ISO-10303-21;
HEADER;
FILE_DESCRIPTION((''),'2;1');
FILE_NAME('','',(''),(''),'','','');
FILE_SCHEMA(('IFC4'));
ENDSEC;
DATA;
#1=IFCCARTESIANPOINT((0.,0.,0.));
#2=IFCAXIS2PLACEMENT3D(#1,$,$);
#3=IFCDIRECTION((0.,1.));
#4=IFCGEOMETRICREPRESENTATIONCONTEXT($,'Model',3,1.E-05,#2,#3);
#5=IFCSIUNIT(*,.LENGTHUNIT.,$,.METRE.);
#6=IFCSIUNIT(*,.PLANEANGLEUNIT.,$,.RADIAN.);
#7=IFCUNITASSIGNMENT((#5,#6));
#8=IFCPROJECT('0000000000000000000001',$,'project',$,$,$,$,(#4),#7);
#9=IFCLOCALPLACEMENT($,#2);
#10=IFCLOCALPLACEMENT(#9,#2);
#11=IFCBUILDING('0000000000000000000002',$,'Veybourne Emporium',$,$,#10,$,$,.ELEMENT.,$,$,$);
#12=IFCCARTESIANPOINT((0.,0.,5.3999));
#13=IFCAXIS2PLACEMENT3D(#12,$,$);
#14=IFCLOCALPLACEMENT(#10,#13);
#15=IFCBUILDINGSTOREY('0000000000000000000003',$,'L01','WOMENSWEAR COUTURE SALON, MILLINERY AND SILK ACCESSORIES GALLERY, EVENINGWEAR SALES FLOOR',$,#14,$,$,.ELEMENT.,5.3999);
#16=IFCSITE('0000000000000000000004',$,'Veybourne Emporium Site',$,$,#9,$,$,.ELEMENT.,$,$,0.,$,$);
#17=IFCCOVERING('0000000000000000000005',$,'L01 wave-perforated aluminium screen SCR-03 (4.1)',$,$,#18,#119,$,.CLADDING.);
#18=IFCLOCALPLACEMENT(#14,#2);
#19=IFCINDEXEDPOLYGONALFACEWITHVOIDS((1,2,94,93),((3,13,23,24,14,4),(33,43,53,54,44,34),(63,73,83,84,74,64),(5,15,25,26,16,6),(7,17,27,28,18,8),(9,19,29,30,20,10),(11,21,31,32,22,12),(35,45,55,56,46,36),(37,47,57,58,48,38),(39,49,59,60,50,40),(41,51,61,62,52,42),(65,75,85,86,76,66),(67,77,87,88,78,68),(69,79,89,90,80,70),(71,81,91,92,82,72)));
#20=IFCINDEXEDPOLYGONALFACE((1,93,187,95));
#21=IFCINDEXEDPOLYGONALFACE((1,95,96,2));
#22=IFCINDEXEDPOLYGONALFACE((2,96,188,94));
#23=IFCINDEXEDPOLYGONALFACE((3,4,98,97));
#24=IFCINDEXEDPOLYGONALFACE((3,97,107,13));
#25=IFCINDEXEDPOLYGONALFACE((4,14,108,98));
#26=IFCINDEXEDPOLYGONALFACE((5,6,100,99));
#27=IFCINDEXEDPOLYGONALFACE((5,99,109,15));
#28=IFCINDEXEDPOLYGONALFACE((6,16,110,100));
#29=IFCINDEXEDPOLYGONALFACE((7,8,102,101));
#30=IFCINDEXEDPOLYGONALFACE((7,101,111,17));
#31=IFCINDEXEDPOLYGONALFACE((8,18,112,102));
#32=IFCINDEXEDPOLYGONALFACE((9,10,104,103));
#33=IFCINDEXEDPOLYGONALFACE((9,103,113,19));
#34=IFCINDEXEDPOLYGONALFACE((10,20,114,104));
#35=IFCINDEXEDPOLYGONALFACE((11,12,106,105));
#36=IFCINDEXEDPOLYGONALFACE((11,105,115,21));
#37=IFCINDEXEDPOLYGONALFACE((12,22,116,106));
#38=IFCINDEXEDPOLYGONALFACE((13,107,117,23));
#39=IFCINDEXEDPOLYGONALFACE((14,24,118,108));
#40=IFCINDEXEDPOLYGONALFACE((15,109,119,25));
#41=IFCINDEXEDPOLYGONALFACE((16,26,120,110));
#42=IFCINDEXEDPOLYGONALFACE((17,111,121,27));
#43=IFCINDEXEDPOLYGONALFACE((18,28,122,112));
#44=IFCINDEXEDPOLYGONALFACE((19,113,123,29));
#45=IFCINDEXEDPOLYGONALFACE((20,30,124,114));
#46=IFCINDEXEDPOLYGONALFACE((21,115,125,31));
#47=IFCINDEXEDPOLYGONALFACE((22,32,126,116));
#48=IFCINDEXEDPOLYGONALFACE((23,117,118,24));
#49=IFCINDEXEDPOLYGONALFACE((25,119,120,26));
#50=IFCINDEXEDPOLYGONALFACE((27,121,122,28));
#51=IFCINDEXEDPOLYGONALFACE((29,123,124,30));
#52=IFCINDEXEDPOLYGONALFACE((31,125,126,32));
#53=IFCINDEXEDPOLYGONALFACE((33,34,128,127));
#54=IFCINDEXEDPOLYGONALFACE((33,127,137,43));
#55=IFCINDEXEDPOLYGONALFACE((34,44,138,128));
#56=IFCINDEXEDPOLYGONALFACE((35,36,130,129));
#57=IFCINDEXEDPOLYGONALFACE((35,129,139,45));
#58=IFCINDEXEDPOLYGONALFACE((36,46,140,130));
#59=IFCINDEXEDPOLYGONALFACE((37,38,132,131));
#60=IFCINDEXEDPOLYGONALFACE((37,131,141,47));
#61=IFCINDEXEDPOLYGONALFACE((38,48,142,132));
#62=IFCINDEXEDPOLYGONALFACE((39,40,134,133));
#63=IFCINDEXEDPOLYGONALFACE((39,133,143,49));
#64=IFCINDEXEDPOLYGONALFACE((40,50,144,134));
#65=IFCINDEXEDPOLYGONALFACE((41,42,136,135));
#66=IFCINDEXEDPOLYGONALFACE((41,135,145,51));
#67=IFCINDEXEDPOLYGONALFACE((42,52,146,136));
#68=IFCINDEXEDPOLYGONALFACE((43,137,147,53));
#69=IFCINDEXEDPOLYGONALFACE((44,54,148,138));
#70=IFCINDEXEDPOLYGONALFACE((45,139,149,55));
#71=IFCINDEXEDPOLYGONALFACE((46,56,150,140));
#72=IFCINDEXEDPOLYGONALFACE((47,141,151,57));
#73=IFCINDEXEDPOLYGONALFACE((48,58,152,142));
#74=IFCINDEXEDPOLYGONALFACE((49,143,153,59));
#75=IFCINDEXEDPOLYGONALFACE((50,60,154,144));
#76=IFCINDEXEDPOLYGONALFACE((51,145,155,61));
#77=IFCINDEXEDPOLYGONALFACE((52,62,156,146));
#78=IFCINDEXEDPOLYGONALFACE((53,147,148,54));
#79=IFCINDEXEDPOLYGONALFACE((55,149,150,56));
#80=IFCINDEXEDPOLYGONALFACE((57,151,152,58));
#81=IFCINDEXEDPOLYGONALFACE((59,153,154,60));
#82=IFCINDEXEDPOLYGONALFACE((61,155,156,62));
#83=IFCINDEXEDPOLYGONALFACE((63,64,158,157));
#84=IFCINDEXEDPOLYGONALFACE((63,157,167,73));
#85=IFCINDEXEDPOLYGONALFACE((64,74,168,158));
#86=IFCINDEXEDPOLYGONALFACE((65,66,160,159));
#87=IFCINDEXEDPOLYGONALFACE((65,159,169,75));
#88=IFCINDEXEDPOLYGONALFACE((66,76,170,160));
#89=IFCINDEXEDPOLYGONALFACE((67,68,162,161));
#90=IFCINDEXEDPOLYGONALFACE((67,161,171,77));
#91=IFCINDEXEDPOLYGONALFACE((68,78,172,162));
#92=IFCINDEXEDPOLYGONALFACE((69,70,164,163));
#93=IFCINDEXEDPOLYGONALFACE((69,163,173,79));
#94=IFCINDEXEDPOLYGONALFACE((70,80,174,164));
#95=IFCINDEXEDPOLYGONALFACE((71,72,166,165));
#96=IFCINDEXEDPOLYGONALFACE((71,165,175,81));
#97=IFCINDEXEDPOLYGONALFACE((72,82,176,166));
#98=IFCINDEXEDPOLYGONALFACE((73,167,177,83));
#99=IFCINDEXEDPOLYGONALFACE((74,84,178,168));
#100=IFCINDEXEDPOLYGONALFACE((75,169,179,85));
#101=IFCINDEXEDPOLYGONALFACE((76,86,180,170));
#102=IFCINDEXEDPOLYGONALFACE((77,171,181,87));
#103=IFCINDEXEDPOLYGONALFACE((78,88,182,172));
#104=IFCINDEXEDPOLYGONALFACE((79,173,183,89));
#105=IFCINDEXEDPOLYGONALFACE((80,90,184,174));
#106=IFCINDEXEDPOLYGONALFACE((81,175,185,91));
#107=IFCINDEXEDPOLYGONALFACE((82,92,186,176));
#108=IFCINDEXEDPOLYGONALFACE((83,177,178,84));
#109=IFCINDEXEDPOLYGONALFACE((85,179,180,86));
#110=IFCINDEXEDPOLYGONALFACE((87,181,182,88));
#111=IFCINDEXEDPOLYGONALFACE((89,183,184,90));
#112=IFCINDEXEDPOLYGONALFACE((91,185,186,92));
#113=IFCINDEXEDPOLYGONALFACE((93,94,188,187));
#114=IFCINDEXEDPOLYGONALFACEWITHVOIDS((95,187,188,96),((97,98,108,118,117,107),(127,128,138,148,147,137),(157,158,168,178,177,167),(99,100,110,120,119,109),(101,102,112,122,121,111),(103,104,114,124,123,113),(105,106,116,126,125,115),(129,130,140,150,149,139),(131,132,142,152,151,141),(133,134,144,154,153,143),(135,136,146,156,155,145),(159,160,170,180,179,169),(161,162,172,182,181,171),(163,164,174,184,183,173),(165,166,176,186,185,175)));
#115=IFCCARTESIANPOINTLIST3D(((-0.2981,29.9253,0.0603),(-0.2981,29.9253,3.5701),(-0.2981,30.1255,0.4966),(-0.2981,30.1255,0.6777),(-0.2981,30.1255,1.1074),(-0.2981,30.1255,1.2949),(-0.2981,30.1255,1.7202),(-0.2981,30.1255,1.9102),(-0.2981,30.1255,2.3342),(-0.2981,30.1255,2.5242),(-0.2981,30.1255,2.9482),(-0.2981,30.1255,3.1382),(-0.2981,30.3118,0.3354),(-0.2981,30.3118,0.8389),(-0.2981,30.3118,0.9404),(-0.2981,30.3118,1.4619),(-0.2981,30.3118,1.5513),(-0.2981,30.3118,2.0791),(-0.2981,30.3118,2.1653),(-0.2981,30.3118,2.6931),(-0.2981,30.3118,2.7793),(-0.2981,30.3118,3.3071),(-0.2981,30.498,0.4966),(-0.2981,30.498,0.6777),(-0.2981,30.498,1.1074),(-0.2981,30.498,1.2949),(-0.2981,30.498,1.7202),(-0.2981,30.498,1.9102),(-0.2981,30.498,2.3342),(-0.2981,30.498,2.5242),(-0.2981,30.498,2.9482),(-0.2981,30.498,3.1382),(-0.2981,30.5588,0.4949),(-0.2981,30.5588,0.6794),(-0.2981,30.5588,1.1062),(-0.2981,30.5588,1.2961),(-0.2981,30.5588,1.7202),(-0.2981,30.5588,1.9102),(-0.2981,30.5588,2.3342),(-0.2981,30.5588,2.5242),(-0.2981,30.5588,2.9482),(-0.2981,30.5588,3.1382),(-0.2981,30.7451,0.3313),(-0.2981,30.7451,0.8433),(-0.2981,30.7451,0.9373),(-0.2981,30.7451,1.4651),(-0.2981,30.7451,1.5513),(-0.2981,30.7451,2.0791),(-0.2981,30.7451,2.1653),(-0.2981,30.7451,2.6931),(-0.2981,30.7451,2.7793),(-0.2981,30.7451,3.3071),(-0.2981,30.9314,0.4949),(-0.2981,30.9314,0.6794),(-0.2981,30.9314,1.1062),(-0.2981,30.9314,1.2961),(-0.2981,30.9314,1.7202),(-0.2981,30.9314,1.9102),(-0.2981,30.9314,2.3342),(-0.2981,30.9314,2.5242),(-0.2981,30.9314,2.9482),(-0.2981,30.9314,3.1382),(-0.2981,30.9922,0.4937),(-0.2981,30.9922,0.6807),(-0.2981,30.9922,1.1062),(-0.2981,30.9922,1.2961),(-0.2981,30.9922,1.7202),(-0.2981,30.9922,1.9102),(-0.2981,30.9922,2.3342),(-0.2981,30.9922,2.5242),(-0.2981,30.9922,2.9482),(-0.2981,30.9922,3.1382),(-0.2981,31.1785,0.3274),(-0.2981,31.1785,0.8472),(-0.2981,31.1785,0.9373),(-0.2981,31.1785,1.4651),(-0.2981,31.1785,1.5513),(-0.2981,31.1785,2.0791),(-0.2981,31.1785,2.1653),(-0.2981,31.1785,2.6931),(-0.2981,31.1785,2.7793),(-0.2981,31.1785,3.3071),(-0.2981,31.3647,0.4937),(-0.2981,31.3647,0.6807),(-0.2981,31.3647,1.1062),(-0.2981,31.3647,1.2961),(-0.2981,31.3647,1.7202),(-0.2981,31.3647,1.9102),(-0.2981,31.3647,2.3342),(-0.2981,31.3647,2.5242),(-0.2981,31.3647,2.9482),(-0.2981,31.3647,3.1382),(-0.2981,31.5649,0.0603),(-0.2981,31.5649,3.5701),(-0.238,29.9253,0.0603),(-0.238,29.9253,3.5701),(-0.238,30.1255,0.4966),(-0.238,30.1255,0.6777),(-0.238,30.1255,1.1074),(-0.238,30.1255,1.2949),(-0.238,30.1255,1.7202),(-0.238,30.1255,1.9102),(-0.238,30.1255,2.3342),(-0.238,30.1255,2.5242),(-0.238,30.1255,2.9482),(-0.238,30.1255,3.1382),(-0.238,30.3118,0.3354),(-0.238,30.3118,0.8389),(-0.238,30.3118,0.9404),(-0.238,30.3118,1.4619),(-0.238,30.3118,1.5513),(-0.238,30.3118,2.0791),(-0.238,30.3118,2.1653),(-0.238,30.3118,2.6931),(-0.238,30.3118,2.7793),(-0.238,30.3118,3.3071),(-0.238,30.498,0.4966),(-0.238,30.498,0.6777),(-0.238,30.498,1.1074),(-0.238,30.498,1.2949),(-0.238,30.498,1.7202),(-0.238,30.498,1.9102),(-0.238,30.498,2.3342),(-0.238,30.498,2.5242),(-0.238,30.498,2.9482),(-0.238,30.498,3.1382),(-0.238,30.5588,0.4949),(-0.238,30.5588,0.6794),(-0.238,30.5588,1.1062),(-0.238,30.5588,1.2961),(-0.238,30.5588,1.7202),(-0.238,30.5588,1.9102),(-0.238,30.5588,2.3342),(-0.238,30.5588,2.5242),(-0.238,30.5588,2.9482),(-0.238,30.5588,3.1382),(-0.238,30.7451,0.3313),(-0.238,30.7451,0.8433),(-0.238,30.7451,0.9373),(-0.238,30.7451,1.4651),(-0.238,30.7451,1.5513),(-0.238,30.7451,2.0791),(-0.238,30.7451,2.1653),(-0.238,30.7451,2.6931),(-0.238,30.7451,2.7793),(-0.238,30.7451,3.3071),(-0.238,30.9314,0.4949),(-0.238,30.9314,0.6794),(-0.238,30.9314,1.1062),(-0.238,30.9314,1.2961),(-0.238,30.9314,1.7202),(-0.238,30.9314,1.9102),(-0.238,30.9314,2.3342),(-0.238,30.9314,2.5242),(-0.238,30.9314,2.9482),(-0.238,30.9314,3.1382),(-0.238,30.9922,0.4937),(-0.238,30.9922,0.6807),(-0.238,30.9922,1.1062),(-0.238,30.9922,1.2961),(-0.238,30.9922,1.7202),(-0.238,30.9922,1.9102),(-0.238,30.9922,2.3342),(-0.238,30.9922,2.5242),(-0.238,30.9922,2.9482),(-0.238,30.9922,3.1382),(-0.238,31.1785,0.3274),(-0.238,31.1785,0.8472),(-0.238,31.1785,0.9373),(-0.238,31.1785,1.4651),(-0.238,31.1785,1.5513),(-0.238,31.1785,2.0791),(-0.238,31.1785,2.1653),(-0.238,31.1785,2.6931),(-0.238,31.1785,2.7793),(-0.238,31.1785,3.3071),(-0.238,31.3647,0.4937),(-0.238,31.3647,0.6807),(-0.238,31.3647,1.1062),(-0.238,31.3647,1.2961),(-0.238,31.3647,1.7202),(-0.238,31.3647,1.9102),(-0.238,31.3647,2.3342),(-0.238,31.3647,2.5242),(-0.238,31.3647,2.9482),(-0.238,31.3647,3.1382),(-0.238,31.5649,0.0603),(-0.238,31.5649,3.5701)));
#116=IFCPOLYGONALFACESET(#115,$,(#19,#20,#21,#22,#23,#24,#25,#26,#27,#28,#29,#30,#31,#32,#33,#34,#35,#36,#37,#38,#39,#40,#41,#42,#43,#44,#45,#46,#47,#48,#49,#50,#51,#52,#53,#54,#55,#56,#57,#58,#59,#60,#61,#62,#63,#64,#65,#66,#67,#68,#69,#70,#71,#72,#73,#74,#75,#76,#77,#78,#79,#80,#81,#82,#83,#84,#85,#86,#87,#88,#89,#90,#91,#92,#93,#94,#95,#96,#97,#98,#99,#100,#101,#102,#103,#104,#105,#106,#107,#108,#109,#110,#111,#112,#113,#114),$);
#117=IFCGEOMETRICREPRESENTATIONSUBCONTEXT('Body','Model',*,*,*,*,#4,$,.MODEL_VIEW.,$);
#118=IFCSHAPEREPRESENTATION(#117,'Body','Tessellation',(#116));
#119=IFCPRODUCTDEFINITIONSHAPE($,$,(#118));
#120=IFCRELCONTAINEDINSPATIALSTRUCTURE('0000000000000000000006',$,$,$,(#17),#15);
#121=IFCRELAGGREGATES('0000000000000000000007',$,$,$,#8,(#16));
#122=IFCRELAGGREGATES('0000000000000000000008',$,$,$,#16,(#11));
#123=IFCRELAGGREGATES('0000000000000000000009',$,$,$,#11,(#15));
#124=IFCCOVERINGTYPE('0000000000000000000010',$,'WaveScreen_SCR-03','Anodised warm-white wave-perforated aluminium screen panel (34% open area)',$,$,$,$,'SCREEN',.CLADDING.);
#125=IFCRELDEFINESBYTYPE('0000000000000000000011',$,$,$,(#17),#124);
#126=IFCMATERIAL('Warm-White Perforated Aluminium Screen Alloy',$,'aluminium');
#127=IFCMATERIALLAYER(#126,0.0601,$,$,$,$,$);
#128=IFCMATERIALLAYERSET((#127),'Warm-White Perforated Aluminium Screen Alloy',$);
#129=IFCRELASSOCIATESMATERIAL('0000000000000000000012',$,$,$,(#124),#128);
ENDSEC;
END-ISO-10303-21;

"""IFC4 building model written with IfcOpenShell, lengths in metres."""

from ifc_helpers import new_model, si_unit, direction, frame, origin, place, context, subcontext, project, spatial, polyline, outline, extrude, material, layer, layer_set, type_object, element, save


model = new_model("IFC4")

# Units and contexts
model_context = context("Model", 3, precision=1e-05, world=origin(), true_north=direction((0.0, 1.0)))
body_context = subcontext(model_context, "Body", "Model", "MODEL_VIEW")
ifc_project = project(units=[si_unit("LENGTHUNIT", "METRE"), si_unit("PLANEANGLEUNIT", "RADIAN")], contexts=[model_context])

# Site, building, storey
site_placement = place(None, origin())
site = spatial("IfcSite", under=ifc_project, at=site_placement, Name="Veybourne Emporium Site", CompositionType="ELEMENT", RefElevation=0.0)
building_placement = place(site_placement, origin())
building = spatial("IfcBuilding", under=site, at=building_placement, Name="Veybourne Emporium", CompositionType="ELEMENT")
storey_placement = place(building_placement, frame((0.0, 0.0, 5.3999)))
storey = spatial("IfcBuildingStorey", under=building, at=storey_placement, Name="L01", Description="WOMENSWEAR COUTURE SALON, MILLINERY AND SILK ACCESSORIES GALLERY, EVENINGWEAR SALES FLOOR", CompositionType="ELEMENT", Elevation=5.3999)

# Covering
ifc_material_1 = material(Name="Warm-White Perforated Aluminium Screen Alloy", Category="aluminium")
ifc_layer_1 = layer(ifc_material_1, 0.0601)
ifc_layer_set_1 = layer_set([ifc_layer_1], Name="Warm-White Perforated Aluminium Screen Alloy")
covering_type_1 = type_object("IfcCoveringType", Name="WaveScreen_SCR-03", Description="Anodised warm-white wave-perforated aluminium screen panel (34% open area)", ElementType="SCREEN", PredefinedType="CLADDING", material=ifc_layer_set_1)
covering_1_placement = place(storey_placement, frame((-0.2981, 30.7451, 1.8152), z_axis=(1.0, 0.0, 0.0), x_axis=(0.0, 1.0, 0.0)))
element("IfcCovering", 1, at=covering_1_placement, inside=storey, type_object=covering_type_1, Name="L01 wave-perforated aluminium screen SCR-03 (4.1)", PredefinedType="CLADDING", context=body_context, shape_type="SweptSolid", body=[
    extrude(outline(polyline([(-0.8198, -1.7549), (0.8198, -1.7549), (0.8198, 1.7549), (-0.8198, 1.7549), (-0.8198, -1.7549)]), holes=[polyline([(-0.4333, -0.9763), (-0.2471, -1.1375), (-0.2471, -1.3186), (-0.4333, -1.4797), (-0.6196, -1.3186), (-0.6196, -1.1375), (-0.4333, -0.9763)]), polyline([(-0.4333, -0.3533), (-0.2471, -0.5203), (-0.2471, -0.7078), (-0.4333, -0.8748), (-0.6196, -0.7078), (-0.6196, -0.5203), (-0.4333, -0.3533)]), polyline([(-0.4333, 0.2639), (-0.2471, 0.095), (-0.2471, -0.095), (-0.4333, -0.2639), (-0.6196, -0.095), (-0.6196, 0.095), (-0.4333, 0.2639)]), polyline([(-0.4333, 0.8779), (-0.2471, 0.709), (-0.2471, 0.519), (-0.4333, 0.3501), (-0.6196, 0.519), (-0.6196, 0.709), (-0.4333, 0.8779)]), polyline([(-0.4333, 1.4919), (-0.2471, 1.323), (-0.2471, 1.1331), (-0.4333, 0.9641), (-0.6196, 1.1331), (-0.6196, 1.323), (-0.4333, 1.4919)]), polyline([(0.0, -0.9719), (0.1863, -1.1357), (0.1863, -1.3203), (0.0, -1.4839), (-0.1863, -1.3203), (-0.1863, -1.1357), (0.0, -0.9719)]), polyline([(0.0, -0.3501), (0.1863, -0.519), (0.1863, -0.709), (0.0, -0.8779), (-0.1863, -0.709), (-0.1863, -0.519), (0.0, -0.3501)]), polyline([(0.0, 0.2639), (0.1863, 0.095), (0.1863, -0.095), (0.0, -0.2639), (-0.1863, -0.095), (-0.1863, 0.095), (0.0, 0.2639)]), polyline([(0.0, 0.8779), (0.1863, 0.709), (0.1863, 0.519), (0.0, 0.3501), (-0.1863, 0.519), (-0.1863, 0.709), (0.0, 0.8779)]), polyline([(0.0, 1.4919), (0.1863, 1.323), (0.1863, 1.1331), (0.0, 0.9641), (-0.1863, 1.1331), (-0.1863, 1.323), (0.0, 1.4919)]), polyline([(0.4333, -0.968), (0.6196, -1.1345), (0.6196, -1.3215), (0.4333, -1.4878), (0.2471, -1.3215), (0.2471, -1.1345), (0.4333, -0.968)]), polyline([(0.4333, -0.3501), (0.6196, -0.519), (0.6196, -0.709), (0.4333, -0.8779), (0.2471, -0.709), (0.2471, -0.519), (0.4333, -0.3501)]), polyline([(0.4333, 0.2639), (0.6196, 0.095), (0.6196, -0.095), (0.4333, -0.2639), (0.2471, -0.095), (0.2471, 0.095), (0.4333, 0.2639)]), polyline([(0.4333, 0.8779), (0.6196, 0.709), (0.6196, 0.519), (0.4333, 0.3501), (0.2471, 0.519), (0.2471, 0.709), (0.4333, 0.8779)]), polyline([(0.4333, 1.4919), (0.6196, 1.323), (0.6196, 1.1331), (0.4333, 0.9641), (0.2471, 1.1331), (0.2471, 1.323), (0.4333, 1.4919)])]), origin(), (0.0, 0.0, 1.0), 0.0601),
])

save(model, "model.ifc")
